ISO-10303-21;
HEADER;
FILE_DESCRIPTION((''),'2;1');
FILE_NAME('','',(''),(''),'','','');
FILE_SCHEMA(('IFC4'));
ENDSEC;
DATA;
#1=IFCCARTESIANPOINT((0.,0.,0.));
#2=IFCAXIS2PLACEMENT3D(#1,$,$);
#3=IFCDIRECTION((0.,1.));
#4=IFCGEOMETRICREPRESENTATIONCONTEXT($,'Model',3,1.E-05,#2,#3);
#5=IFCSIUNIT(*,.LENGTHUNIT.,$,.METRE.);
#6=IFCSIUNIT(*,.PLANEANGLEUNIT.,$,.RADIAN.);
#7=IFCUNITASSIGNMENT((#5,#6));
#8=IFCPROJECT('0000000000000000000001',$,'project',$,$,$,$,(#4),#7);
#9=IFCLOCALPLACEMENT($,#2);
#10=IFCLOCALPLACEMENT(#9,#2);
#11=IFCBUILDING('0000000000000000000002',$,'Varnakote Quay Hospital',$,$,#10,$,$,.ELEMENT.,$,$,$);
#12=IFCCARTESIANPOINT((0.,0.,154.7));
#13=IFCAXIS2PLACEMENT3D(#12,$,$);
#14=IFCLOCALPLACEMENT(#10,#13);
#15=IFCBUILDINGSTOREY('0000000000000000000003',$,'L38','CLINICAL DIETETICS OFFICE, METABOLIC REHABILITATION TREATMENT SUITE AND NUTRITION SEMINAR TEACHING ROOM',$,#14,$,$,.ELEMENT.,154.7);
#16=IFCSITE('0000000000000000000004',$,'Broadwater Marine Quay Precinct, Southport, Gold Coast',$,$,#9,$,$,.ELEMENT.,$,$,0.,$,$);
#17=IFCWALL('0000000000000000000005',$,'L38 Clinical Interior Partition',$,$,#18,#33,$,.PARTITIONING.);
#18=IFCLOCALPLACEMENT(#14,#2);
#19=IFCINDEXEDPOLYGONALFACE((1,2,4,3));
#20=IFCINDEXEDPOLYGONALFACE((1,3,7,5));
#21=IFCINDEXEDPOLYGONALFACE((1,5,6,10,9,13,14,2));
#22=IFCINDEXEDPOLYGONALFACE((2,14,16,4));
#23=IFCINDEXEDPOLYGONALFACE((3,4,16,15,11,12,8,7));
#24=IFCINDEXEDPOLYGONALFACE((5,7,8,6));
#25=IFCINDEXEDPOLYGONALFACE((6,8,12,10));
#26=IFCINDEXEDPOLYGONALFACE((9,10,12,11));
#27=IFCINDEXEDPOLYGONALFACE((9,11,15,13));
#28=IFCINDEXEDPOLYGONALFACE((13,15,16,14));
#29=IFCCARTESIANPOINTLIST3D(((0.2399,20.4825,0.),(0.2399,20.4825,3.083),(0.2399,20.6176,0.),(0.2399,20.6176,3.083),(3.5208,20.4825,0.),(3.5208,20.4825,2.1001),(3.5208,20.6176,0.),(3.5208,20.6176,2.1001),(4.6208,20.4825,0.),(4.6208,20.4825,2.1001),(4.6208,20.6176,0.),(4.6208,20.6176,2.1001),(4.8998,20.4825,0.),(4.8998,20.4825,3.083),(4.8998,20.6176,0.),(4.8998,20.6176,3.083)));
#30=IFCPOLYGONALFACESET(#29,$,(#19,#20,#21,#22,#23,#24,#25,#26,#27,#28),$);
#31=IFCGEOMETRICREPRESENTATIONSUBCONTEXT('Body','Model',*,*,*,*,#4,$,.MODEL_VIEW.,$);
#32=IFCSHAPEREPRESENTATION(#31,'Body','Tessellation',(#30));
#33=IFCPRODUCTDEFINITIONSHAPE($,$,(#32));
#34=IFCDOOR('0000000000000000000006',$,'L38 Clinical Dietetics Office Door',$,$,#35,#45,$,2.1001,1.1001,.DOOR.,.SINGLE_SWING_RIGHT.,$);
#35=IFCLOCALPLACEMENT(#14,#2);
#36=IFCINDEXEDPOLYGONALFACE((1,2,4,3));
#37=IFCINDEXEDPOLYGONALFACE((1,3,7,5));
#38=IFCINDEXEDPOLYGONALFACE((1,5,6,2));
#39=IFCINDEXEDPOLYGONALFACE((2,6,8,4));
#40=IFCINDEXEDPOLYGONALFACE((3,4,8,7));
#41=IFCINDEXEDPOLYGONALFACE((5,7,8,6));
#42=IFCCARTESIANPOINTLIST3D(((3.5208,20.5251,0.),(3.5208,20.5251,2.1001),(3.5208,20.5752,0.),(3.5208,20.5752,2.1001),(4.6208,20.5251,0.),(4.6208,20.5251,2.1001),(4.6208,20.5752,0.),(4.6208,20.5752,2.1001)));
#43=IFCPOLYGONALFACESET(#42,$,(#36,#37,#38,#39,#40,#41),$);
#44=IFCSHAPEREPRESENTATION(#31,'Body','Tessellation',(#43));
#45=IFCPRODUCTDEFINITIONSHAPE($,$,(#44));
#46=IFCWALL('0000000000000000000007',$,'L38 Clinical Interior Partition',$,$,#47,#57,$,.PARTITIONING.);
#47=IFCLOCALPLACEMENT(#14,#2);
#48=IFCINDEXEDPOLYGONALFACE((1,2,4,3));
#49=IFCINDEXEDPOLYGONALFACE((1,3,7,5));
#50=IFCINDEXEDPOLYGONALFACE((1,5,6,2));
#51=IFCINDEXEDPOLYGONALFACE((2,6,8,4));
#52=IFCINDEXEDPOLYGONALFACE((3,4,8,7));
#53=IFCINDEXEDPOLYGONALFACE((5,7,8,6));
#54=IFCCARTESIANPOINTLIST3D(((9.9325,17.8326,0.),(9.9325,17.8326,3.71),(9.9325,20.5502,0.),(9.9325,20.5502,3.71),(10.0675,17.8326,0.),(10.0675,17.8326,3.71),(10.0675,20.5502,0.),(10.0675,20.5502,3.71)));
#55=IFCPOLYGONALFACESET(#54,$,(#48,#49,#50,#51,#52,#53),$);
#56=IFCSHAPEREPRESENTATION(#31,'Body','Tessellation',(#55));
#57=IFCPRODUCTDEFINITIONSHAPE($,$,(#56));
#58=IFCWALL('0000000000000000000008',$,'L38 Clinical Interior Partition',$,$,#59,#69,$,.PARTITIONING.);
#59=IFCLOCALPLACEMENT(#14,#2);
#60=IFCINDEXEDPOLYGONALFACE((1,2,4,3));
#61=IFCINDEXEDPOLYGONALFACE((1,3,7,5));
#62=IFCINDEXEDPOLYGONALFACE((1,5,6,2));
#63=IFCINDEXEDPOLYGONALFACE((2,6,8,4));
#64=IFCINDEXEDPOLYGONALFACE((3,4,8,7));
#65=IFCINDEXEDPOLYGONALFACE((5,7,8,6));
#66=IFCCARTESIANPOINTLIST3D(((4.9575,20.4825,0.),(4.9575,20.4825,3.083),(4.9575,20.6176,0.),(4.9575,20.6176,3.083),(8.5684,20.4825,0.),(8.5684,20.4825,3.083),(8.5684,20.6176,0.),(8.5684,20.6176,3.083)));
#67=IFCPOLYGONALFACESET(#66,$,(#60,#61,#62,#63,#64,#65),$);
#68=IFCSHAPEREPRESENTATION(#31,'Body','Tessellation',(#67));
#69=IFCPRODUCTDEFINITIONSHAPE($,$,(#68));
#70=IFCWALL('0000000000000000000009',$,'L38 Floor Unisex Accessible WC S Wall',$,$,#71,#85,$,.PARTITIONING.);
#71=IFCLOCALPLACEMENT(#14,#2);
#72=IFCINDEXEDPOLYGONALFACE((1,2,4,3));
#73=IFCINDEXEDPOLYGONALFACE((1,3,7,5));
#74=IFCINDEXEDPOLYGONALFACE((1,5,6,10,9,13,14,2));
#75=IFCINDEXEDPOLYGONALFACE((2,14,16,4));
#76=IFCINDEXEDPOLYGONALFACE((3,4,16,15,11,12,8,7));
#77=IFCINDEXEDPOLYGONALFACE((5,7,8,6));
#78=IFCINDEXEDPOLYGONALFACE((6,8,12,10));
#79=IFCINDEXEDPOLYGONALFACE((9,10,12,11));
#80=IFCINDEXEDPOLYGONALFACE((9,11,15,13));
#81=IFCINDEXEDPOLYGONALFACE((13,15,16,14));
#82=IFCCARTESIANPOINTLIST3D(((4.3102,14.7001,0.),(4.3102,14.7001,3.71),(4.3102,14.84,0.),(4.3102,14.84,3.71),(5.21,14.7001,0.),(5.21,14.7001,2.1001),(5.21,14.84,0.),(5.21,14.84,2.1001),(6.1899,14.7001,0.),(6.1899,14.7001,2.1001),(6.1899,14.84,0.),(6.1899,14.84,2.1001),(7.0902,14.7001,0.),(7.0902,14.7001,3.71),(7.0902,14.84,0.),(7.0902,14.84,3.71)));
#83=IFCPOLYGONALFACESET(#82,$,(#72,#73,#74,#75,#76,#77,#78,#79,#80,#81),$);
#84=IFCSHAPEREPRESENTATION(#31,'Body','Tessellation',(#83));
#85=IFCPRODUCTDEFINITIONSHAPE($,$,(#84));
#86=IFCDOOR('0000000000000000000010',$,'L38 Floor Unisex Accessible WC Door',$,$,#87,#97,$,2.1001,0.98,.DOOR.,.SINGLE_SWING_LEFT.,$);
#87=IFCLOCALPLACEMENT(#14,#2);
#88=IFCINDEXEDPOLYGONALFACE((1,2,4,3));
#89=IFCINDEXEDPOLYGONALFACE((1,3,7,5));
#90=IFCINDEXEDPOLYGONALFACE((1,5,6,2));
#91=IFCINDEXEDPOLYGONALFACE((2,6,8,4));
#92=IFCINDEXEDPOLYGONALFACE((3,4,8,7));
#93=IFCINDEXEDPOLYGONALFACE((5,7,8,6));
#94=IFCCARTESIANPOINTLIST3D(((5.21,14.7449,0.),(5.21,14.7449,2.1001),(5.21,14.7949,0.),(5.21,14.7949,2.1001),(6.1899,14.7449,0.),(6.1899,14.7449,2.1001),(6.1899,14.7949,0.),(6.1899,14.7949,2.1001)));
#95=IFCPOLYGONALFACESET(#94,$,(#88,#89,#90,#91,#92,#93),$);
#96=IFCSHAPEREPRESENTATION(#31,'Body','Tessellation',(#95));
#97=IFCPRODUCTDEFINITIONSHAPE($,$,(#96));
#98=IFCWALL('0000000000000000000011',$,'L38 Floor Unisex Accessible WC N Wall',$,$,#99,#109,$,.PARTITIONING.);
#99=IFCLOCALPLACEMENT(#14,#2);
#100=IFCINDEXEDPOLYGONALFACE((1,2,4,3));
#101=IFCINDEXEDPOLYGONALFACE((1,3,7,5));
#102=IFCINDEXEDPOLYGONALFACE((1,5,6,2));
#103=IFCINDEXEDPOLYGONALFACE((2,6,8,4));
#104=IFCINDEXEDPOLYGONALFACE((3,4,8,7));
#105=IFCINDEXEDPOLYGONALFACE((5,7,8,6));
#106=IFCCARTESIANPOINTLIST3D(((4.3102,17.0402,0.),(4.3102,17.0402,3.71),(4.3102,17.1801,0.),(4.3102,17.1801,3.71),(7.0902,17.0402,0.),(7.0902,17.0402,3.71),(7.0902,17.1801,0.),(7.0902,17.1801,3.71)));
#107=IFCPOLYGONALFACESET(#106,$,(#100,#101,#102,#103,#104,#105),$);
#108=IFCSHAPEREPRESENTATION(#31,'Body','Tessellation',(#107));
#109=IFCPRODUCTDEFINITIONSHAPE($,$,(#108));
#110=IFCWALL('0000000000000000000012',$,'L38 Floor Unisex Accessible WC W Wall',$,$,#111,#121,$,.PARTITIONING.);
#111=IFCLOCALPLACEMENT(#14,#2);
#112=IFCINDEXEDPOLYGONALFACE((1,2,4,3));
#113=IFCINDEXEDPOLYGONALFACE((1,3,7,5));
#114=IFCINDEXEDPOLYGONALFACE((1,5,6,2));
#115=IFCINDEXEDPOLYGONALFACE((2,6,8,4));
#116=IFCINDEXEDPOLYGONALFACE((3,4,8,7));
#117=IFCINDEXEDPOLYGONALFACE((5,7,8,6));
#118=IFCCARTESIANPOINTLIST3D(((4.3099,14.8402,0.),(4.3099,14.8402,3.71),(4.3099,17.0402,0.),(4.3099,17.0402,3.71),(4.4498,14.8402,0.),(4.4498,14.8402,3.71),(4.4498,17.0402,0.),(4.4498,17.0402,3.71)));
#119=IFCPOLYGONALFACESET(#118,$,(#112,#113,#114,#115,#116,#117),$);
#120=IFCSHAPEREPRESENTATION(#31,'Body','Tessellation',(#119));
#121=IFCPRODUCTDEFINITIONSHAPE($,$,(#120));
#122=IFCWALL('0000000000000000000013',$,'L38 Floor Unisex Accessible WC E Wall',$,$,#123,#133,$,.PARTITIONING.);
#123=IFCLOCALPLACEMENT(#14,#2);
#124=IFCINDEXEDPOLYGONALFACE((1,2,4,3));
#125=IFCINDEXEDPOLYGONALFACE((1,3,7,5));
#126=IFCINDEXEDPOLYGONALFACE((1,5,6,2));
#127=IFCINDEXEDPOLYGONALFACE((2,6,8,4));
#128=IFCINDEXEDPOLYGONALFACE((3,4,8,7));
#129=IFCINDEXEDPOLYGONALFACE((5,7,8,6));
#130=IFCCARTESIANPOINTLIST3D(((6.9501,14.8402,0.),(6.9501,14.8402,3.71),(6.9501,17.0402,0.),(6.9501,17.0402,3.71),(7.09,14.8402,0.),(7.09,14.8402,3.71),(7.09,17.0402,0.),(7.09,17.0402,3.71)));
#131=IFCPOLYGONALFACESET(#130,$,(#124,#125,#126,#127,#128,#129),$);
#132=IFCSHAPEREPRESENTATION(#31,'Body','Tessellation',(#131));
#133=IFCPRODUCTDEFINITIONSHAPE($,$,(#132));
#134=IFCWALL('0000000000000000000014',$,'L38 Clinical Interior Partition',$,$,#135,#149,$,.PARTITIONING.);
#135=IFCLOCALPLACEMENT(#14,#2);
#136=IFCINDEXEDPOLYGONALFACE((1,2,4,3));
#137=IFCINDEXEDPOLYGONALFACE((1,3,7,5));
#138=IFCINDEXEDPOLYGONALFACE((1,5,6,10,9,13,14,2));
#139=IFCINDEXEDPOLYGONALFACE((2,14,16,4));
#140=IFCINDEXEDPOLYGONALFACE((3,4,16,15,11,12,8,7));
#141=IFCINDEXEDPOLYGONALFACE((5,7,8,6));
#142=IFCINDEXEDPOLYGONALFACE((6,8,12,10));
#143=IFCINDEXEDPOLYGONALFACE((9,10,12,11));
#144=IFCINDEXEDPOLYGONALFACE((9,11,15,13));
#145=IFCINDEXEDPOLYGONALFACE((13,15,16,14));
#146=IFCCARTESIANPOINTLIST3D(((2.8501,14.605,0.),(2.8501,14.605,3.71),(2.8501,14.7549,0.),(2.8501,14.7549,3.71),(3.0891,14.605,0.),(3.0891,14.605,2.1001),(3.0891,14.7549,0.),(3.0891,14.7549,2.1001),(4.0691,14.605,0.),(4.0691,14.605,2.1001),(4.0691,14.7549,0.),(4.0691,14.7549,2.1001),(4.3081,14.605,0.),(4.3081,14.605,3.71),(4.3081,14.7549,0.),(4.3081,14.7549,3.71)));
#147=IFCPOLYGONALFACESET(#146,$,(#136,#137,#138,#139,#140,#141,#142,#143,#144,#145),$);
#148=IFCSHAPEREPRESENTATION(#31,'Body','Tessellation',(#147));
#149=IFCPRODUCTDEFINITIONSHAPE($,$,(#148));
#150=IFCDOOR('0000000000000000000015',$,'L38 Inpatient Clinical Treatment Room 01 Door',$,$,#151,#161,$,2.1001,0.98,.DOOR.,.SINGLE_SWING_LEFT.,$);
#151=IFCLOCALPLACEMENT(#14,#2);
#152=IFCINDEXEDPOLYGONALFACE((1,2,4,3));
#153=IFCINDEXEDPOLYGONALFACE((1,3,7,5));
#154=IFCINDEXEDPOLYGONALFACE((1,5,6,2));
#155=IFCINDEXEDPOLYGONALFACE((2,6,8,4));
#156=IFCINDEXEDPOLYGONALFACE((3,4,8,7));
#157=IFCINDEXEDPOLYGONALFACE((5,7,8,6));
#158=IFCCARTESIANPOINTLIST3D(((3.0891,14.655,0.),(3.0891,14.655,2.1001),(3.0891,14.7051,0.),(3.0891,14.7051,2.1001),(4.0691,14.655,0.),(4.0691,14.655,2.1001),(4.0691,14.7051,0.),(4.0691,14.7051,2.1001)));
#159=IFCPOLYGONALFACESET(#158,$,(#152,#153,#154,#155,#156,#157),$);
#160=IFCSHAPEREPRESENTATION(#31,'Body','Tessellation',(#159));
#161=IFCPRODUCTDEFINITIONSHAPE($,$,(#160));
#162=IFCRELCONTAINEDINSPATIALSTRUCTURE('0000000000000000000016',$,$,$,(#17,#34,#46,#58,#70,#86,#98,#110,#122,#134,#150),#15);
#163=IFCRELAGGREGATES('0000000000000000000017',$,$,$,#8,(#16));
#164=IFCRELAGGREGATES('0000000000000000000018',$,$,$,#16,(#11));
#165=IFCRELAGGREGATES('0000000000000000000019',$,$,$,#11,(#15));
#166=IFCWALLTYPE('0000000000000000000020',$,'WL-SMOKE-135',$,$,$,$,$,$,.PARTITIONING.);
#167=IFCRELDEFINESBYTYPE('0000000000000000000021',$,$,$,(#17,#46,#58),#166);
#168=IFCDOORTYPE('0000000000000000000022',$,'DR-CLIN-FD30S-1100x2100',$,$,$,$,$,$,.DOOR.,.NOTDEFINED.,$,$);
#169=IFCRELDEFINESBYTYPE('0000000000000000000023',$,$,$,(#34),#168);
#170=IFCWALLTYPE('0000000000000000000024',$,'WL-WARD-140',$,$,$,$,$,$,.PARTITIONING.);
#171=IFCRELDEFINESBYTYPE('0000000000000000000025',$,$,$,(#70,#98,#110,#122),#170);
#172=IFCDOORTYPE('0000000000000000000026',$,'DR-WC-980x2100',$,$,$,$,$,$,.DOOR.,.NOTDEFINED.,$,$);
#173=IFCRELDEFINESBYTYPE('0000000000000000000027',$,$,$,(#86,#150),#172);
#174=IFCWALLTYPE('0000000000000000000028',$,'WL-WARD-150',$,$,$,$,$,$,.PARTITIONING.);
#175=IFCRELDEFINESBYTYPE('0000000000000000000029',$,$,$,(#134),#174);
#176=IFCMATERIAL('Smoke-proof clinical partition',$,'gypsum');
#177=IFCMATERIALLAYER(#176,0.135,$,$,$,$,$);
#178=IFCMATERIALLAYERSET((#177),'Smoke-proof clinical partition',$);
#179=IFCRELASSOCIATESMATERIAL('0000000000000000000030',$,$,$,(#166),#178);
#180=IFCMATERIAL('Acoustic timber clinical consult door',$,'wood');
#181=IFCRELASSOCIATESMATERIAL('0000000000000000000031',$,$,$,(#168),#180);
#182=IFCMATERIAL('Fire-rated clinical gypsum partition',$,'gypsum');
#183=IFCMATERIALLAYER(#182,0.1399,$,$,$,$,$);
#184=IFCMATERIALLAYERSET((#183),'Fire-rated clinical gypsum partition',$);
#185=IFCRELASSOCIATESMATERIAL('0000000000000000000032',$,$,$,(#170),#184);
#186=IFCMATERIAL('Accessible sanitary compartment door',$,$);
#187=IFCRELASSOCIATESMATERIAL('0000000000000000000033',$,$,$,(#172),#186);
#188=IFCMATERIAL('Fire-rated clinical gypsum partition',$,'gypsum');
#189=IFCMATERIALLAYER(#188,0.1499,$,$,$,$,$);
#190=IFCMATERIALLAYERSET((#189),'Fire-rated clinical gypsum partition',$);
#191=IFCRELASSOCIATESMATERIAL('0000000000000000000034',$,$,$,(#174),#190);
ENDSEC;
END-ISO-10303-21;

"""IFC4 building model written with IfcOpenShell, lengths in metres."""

from ifc_helpers import new_model, si_unit, direction, frame, frame_2d, origin, place, context, subcontext, project, spatial, rectangle, extrude, material, layer, layer_set, type_object, element, fill, save


model = new_model("IFC4")

# Units and contexts
model_context = context("Model", 3, precision=1e-05, world=origin(), true_north=direction((0.0, 1.0)))
body_context = subcontext(model_context, "Body", "Model", "MODEL_VIEW")
ifc_project = project(units=[si_unit("LENGTHUNIT", "METRE"), si_unit("PLANEANGLEUNIT", "RADIAN")], contexts=[model_context])

# Site, building, storey
site_placement = place(None, origin())
site = spatial("IfcSite", under=ifc_project, at=site_placement, Name="Broadwater Marine Quay Precinct, Southport, Gold Coast", CompositionType="ELEMENT", RefElevation=0.0)
building_placement = place(site_placement, origin())
building = spatial("IfcBuilding", under=site, at=building_placement, Name="Varnakote Quay Hospital", CompositionType="ELEMENT")
storey_placement = place(building_placement, frame((0.0, 0.0, 154.7)))
storey = spatial("IfcBuildingStorey", under=building, at=storey_placement, Name="L38", Description="CLINICAL DIETETICS OFFICE, METABOLIC REHABILITATION TREATMENT SUITE AND NUTRITION SEMINAR TEACHING ROOM", CompositionType="ELEMENT", Elevation=154.7)

# Shared definitions
ifc_material_1 = material(Name="Smoke-proof clinical partition", Category="gypsum")
ifc_layer_1 = layer(ifc_material_1, 0.135)
ifc_layer_set_1 = layer_set([ifc_layer_1], Name="Smoke-proof clinical partition")
wall_type_1 = type_object("IfcWallType", Name="WL-SMOKE-135", PredefinedType="PARTITIONING", material=ifc_layer_set_1)

# Wall, opening, door
wall_1_placement = place(storey_placement, frame((4.8999, 20.55, 0.0), z_axis=(0.0, 0.0, 1.0), x_axis=(-1.0, 0.0, 0.0)))
wall_1 = element("IfcWall", 1, at=wall_1_placement, inside=storey, type_object=wall_type_1, Name="L38 Clinical Interior Partition", PredefinedType="PARTITIONING", context=body_context, shape_type="SweptSolid", body=[
    extrude(rectangle(XDim=4.6599, YDim=0.135, at=frame_2d((2.3301, 0.0))), origin(), (0.0, 0.0, 1.0), 3.083),
])
opening_1_placement = place(wall_1_placement, frame((0.2791, 0.0, 0.0)))
opening_1 = element("IfcOpeningElement", 2, at=opening_1_placement, cuts=wall_1, PredefinedType="OPENING", context=body_context, shape_type="SweptSolid", body=[
    extrude(rectangle(XDim=1.1001, YDim=2.1001, at=frame_2d((0.55, 1.05))), frame((0.0, 0.0774, 0.0), z_axis=(0.0, -1.0, 0.0), x_axis=(1.0, 0.0, 0.0)), (0.0, 0.0, 1.0), 0.155),
])
ifc_material_2 = material(Name="Acoustic timber clinical consult door", Category="wood")
door_type_1 = type_object("IfcDoorType", Name="DR-CLIN-FD30S-1100x2100", OperationType="NOTDEFINED", PredefinedType="DOOR", material=ifc_material_2)
door_1_placement = place(opening_1_placement, origin())
door_1 = element("IfcDoor", 3, at=door_1_placement, inside=storey, type_object=door_type_1, Name="L38 Clinical Dietetics Office Door", OperationType="SINGLE_SWING_RIGHT", OverallHeight=2.1001, OverallWidth=1.1001, PredefinedType="DOOR", context=body_context, shape_type="SweptSolid", body=[
    extrude(rectangle(XDim=1.1001, YDim=2.1001, at=frame_2d((0.55, 1.05))), frame((0.0, 0.0249, 0.0), z_axis=(0.0, -1.0, 0.0), x_axis=(1.0, 0.0, 0.0)), (0.0, 0.0, 1.0), 0.05),
])
fill(opening_1, door_1)

# Walls
wall_2_placement = place(storey_placement, frame((10.0, 17.8325, 0.0), z_axis=(0.0, 0.0, 1.0), x_axis=(0.0, 1.0, 0.0)))
element("IfcWall", 4, at=wall_2_placement, inside=storey, type_object=wall_type_1, Name="L38 Clinical Interior Partition", PredefinedType="PARTITIONING", context=body_context, shape_type="SweptSolid", body=[
    extrude(rectangle(XDim=2.7175, YDim=0.135, at=frame_2d((1.3589, 0.0))), origin(), (0.0, 0.0, 1.0), 3.71),
])
wall_3_placement = place(storey_placement, frame((8.5684, 20.55, 0.0), z_axis=(0.0, 0.0, 1.0), x_axis=(-1.0, 0.0, 0.0)))
element("IfcWall", 5, at=wall_3_placement, inside=storey, type_object=wall_type_1, Name="L38 Clinical Interior Partition", PredefinedType="PARTITIONING", context=body_context, shape_type="SweptSolid", body=[
    extrude(rectangle(XDim=3.6108, YDim=0.135, at=frame_2d((1.8054, 0.0))), origin(), (0.0, 0.0, 1.0), 3.083),
])

# Wall, opening, door
ifc_material_3 = material(Name="Fire-rated clinical gypsum partition", Category="gypsum")
ifc_layer_2 = layer(ifc_material_3, 0.1399)
ifc_layer_set_2 = layer_set([ifc_layer_2], Name="Fire-rated clinical gypsum partition")
wall_type_2 = type_object("IfcWallType", Name="WL-WARD-140", PredefinedType="PARTITIONING", material=ifc_layer_set_2)
wall_4_placement = place(storey_placement, frame((4.3101, 14.77, 0.0), z_axis=(0.0, 0.0, 1.0), x_axis=(1.0, 0.0, 0.0)))
wall_4 = element("IfcWall", 6, at=wall_4_placement, inside=storey, type_object=wall_type_2, Name="L38 Floor Unisex Accessible WC S Wall", PredefinedType="PARTITIONING", context=body_context, shape_type="SweptSolid", body=[
    extrude(rectangle(XDim=2.78, YDim=0.1399, at=frame_2d((1.3901, 0.0))), origin(), (0.0, 0.0, 1.0), 3.71),
])
opening_2_placement = place(wall_4_placement, frame((0.8999, 0.0, 0.0)))
opening_2 = element("IfcOpeningElement", 7, at=opening_2_placement, cuts=wall_4, PredefinedType="OPENING", context=body_context, shape_type="SweptSolid", body=[
    extrude(rectangle(XDim=0.98, YDim=2.1001, at=frame_2d((0.49, 1.05))), frame((0.0, 0.0798, 0.0), z_axis=(0.0, -1.0, 0.0), x_axis=(1.0, 0.0, 0.0)), (0.0, 0.0, 1.0), 0.1599),
])
ifc_material_4 = material(Name="Accessible sanitary compartment door")
door_type_2 = type_object("IfcDoorType", Name="DR-WC-980x2100", OperationType="NOTDEFINED", PredefinedType="DOOR", material=ifc_material_4)
door_2_placement = place(opening_2_placement, origin())
door_2 = element("IfcDoor", 8, at=door_2_placement, inside=storey, type_object=door_type_2, Name="L38 Floor Unisex Accessible WC Door", OperationType="SINGLE_SWING_LEFT", OverallHeight=2.1001, OverallWidth=0.98, PredefinedType="DOOR", context=body_context, shape_type="SweptSolid", body=[
    extrude(rectangle(XDim=0.98, YDim=2.1001, at=frame_2d((0.49, 1.05))), frame((0.0, 0.0249, 0.0), z_axis=(0.0, -1.0, 0.0), x_axis=(1.0, 0.0, 0.0)), (0.0, 0.0, 1.0), 0.05),
])
fill(opening_2, door_2)

# Walls
wall_5_placement = place(storey_placement, frame((4.3101, 17.1101, 0.0), z_axis=(0.0, 0.0, 1.0), x_axis=(1.0, 0.0, 0.0)))
element("IfcWall", 9, at=wall_5_placement, inside=storey, type_object=wall_type_2, Name="L38 Floor Unisex Accessible WC N Wall", PredefinedType="PARTITIONING", context=body_context, shape_type="SweptSolid", body=[
    extrude(rectangle(XDim=2.78, YDim=0.1399, at=frame_2d((1.3901, 0.0))), origin(), (0.0, 0.0, 1.0), 3.71),
])
for number, where, z_axis, x_axis, name in (
    (10, (4.3799, 14.8401, 0.0), (0.0, 0.0, 1.0), (0.0, 1.0, 0.0), "L38 Floor Unisex Accessible WC W Wall"),
    (11, (7.02, 14.8401, 0.0), (0.0, 0.0, 1.0), (0.0, 1.0, 0.0), "L38 Floor Unisex Accessible WC E Wall"),
):
    element("IfcWall", number, at=place(storey_placement, frame(where, z_axis=z_axis, x_axis=x_axis)), inside=storey, type_object=wall_type_2, Name=name, PredefinedType="PARTITIONING", context=body_context, shape_type="SweptSolid", body=[
        extrude(rectangle(XDim=2.2, YDim=0.1399, at=frame_2d((1.1001, 0.0))), origin(), (0.0, 0.0, 1.0), 3.71),
    ])

# Wall, opening, door
ifc_material_5 = material(Name="Fire-rated clinical gypsum partition", Category="gypsum")
ifc_layer_3 = layer(ifc_material_5, 0.1499)
ifc_layer_set_3 = layer_set([ifc_layer_3], Name="Fire-rated clinical gypsum partition")
wall_type_3 = type_object("IfcWallType", Name="WL-WARD-150", PredefinedType="PARTITIONING", material=ifc_layer_set_3)
wall_6_placement = place(storey_placement, frame((4.3081, 14.6799, 0.0), z_axis=(0.0, 0.0, 1.0), x_axis=(-1.0, 0.0, 0.0)))
wall_6 = element("IfcWall", 12, at=wall_6_placement, inside=storey, type_object=wall_type_3, Name="L38 Clinical Interior Partition", PredefinedType="PARTITIONING", context=body_context, shape_type="SweptSolid", body=[
    extrude(rectangle(XDim=1.458, YDim=0.1499, at=frame_2d((0.729, 0.0))), origin(), (0.0, 0.0, 1.0), 3.71),
])
opening_3_placement = place(wall_6_placement, frame((0.239, 0.0, 0.0)))
opening_3 = element("IfcOpeningElement", 13, at=opening_3_placement, cuts=wall_6, PredefinedType="OPENING", context=body_context, shape_type="SweptSolid", body=[
    extrude(rectangle(XDim=0.98, YDim=2.1001, at=frame_2d((0.49, 1.05))), frame((0.0, 0.085, 0.0), z_axis=(0.0, -1.0, 0.0), x_axis=(1.0, 0.0, 0.0)), (0.0, 0.0, 1.0), 0.1699),
])
door_3_placement = place(opening_3_placement, origin())
door_3 = element("IfcDoor", 14, at=door_3_placement, inside=storey, type_object=door_type_2, Name="L38 Inpatient Clinical Treatment Room 01 Door", OperationType="SINGLE_SWING_LEFT", OverallHeight=2.1001, OverallWidth=0.98, PredefinedType="DOOR", context=body_context, shape_type="SweptSolid", body=[
    extrude(rectangle(XDim=0.98, YDim=2.1001, at=frame_2d((0.49, 1.05))), frame((0.0, 0.0249, 0.0), z_axis=(0.0, -1.0, 0.0), x_axis=(1.0, 0.0, 0.0)), (0.0, 0.0, 1.0), 0.05),
])
fill(opening_3, door_3)

save(model, "model.ifc")
